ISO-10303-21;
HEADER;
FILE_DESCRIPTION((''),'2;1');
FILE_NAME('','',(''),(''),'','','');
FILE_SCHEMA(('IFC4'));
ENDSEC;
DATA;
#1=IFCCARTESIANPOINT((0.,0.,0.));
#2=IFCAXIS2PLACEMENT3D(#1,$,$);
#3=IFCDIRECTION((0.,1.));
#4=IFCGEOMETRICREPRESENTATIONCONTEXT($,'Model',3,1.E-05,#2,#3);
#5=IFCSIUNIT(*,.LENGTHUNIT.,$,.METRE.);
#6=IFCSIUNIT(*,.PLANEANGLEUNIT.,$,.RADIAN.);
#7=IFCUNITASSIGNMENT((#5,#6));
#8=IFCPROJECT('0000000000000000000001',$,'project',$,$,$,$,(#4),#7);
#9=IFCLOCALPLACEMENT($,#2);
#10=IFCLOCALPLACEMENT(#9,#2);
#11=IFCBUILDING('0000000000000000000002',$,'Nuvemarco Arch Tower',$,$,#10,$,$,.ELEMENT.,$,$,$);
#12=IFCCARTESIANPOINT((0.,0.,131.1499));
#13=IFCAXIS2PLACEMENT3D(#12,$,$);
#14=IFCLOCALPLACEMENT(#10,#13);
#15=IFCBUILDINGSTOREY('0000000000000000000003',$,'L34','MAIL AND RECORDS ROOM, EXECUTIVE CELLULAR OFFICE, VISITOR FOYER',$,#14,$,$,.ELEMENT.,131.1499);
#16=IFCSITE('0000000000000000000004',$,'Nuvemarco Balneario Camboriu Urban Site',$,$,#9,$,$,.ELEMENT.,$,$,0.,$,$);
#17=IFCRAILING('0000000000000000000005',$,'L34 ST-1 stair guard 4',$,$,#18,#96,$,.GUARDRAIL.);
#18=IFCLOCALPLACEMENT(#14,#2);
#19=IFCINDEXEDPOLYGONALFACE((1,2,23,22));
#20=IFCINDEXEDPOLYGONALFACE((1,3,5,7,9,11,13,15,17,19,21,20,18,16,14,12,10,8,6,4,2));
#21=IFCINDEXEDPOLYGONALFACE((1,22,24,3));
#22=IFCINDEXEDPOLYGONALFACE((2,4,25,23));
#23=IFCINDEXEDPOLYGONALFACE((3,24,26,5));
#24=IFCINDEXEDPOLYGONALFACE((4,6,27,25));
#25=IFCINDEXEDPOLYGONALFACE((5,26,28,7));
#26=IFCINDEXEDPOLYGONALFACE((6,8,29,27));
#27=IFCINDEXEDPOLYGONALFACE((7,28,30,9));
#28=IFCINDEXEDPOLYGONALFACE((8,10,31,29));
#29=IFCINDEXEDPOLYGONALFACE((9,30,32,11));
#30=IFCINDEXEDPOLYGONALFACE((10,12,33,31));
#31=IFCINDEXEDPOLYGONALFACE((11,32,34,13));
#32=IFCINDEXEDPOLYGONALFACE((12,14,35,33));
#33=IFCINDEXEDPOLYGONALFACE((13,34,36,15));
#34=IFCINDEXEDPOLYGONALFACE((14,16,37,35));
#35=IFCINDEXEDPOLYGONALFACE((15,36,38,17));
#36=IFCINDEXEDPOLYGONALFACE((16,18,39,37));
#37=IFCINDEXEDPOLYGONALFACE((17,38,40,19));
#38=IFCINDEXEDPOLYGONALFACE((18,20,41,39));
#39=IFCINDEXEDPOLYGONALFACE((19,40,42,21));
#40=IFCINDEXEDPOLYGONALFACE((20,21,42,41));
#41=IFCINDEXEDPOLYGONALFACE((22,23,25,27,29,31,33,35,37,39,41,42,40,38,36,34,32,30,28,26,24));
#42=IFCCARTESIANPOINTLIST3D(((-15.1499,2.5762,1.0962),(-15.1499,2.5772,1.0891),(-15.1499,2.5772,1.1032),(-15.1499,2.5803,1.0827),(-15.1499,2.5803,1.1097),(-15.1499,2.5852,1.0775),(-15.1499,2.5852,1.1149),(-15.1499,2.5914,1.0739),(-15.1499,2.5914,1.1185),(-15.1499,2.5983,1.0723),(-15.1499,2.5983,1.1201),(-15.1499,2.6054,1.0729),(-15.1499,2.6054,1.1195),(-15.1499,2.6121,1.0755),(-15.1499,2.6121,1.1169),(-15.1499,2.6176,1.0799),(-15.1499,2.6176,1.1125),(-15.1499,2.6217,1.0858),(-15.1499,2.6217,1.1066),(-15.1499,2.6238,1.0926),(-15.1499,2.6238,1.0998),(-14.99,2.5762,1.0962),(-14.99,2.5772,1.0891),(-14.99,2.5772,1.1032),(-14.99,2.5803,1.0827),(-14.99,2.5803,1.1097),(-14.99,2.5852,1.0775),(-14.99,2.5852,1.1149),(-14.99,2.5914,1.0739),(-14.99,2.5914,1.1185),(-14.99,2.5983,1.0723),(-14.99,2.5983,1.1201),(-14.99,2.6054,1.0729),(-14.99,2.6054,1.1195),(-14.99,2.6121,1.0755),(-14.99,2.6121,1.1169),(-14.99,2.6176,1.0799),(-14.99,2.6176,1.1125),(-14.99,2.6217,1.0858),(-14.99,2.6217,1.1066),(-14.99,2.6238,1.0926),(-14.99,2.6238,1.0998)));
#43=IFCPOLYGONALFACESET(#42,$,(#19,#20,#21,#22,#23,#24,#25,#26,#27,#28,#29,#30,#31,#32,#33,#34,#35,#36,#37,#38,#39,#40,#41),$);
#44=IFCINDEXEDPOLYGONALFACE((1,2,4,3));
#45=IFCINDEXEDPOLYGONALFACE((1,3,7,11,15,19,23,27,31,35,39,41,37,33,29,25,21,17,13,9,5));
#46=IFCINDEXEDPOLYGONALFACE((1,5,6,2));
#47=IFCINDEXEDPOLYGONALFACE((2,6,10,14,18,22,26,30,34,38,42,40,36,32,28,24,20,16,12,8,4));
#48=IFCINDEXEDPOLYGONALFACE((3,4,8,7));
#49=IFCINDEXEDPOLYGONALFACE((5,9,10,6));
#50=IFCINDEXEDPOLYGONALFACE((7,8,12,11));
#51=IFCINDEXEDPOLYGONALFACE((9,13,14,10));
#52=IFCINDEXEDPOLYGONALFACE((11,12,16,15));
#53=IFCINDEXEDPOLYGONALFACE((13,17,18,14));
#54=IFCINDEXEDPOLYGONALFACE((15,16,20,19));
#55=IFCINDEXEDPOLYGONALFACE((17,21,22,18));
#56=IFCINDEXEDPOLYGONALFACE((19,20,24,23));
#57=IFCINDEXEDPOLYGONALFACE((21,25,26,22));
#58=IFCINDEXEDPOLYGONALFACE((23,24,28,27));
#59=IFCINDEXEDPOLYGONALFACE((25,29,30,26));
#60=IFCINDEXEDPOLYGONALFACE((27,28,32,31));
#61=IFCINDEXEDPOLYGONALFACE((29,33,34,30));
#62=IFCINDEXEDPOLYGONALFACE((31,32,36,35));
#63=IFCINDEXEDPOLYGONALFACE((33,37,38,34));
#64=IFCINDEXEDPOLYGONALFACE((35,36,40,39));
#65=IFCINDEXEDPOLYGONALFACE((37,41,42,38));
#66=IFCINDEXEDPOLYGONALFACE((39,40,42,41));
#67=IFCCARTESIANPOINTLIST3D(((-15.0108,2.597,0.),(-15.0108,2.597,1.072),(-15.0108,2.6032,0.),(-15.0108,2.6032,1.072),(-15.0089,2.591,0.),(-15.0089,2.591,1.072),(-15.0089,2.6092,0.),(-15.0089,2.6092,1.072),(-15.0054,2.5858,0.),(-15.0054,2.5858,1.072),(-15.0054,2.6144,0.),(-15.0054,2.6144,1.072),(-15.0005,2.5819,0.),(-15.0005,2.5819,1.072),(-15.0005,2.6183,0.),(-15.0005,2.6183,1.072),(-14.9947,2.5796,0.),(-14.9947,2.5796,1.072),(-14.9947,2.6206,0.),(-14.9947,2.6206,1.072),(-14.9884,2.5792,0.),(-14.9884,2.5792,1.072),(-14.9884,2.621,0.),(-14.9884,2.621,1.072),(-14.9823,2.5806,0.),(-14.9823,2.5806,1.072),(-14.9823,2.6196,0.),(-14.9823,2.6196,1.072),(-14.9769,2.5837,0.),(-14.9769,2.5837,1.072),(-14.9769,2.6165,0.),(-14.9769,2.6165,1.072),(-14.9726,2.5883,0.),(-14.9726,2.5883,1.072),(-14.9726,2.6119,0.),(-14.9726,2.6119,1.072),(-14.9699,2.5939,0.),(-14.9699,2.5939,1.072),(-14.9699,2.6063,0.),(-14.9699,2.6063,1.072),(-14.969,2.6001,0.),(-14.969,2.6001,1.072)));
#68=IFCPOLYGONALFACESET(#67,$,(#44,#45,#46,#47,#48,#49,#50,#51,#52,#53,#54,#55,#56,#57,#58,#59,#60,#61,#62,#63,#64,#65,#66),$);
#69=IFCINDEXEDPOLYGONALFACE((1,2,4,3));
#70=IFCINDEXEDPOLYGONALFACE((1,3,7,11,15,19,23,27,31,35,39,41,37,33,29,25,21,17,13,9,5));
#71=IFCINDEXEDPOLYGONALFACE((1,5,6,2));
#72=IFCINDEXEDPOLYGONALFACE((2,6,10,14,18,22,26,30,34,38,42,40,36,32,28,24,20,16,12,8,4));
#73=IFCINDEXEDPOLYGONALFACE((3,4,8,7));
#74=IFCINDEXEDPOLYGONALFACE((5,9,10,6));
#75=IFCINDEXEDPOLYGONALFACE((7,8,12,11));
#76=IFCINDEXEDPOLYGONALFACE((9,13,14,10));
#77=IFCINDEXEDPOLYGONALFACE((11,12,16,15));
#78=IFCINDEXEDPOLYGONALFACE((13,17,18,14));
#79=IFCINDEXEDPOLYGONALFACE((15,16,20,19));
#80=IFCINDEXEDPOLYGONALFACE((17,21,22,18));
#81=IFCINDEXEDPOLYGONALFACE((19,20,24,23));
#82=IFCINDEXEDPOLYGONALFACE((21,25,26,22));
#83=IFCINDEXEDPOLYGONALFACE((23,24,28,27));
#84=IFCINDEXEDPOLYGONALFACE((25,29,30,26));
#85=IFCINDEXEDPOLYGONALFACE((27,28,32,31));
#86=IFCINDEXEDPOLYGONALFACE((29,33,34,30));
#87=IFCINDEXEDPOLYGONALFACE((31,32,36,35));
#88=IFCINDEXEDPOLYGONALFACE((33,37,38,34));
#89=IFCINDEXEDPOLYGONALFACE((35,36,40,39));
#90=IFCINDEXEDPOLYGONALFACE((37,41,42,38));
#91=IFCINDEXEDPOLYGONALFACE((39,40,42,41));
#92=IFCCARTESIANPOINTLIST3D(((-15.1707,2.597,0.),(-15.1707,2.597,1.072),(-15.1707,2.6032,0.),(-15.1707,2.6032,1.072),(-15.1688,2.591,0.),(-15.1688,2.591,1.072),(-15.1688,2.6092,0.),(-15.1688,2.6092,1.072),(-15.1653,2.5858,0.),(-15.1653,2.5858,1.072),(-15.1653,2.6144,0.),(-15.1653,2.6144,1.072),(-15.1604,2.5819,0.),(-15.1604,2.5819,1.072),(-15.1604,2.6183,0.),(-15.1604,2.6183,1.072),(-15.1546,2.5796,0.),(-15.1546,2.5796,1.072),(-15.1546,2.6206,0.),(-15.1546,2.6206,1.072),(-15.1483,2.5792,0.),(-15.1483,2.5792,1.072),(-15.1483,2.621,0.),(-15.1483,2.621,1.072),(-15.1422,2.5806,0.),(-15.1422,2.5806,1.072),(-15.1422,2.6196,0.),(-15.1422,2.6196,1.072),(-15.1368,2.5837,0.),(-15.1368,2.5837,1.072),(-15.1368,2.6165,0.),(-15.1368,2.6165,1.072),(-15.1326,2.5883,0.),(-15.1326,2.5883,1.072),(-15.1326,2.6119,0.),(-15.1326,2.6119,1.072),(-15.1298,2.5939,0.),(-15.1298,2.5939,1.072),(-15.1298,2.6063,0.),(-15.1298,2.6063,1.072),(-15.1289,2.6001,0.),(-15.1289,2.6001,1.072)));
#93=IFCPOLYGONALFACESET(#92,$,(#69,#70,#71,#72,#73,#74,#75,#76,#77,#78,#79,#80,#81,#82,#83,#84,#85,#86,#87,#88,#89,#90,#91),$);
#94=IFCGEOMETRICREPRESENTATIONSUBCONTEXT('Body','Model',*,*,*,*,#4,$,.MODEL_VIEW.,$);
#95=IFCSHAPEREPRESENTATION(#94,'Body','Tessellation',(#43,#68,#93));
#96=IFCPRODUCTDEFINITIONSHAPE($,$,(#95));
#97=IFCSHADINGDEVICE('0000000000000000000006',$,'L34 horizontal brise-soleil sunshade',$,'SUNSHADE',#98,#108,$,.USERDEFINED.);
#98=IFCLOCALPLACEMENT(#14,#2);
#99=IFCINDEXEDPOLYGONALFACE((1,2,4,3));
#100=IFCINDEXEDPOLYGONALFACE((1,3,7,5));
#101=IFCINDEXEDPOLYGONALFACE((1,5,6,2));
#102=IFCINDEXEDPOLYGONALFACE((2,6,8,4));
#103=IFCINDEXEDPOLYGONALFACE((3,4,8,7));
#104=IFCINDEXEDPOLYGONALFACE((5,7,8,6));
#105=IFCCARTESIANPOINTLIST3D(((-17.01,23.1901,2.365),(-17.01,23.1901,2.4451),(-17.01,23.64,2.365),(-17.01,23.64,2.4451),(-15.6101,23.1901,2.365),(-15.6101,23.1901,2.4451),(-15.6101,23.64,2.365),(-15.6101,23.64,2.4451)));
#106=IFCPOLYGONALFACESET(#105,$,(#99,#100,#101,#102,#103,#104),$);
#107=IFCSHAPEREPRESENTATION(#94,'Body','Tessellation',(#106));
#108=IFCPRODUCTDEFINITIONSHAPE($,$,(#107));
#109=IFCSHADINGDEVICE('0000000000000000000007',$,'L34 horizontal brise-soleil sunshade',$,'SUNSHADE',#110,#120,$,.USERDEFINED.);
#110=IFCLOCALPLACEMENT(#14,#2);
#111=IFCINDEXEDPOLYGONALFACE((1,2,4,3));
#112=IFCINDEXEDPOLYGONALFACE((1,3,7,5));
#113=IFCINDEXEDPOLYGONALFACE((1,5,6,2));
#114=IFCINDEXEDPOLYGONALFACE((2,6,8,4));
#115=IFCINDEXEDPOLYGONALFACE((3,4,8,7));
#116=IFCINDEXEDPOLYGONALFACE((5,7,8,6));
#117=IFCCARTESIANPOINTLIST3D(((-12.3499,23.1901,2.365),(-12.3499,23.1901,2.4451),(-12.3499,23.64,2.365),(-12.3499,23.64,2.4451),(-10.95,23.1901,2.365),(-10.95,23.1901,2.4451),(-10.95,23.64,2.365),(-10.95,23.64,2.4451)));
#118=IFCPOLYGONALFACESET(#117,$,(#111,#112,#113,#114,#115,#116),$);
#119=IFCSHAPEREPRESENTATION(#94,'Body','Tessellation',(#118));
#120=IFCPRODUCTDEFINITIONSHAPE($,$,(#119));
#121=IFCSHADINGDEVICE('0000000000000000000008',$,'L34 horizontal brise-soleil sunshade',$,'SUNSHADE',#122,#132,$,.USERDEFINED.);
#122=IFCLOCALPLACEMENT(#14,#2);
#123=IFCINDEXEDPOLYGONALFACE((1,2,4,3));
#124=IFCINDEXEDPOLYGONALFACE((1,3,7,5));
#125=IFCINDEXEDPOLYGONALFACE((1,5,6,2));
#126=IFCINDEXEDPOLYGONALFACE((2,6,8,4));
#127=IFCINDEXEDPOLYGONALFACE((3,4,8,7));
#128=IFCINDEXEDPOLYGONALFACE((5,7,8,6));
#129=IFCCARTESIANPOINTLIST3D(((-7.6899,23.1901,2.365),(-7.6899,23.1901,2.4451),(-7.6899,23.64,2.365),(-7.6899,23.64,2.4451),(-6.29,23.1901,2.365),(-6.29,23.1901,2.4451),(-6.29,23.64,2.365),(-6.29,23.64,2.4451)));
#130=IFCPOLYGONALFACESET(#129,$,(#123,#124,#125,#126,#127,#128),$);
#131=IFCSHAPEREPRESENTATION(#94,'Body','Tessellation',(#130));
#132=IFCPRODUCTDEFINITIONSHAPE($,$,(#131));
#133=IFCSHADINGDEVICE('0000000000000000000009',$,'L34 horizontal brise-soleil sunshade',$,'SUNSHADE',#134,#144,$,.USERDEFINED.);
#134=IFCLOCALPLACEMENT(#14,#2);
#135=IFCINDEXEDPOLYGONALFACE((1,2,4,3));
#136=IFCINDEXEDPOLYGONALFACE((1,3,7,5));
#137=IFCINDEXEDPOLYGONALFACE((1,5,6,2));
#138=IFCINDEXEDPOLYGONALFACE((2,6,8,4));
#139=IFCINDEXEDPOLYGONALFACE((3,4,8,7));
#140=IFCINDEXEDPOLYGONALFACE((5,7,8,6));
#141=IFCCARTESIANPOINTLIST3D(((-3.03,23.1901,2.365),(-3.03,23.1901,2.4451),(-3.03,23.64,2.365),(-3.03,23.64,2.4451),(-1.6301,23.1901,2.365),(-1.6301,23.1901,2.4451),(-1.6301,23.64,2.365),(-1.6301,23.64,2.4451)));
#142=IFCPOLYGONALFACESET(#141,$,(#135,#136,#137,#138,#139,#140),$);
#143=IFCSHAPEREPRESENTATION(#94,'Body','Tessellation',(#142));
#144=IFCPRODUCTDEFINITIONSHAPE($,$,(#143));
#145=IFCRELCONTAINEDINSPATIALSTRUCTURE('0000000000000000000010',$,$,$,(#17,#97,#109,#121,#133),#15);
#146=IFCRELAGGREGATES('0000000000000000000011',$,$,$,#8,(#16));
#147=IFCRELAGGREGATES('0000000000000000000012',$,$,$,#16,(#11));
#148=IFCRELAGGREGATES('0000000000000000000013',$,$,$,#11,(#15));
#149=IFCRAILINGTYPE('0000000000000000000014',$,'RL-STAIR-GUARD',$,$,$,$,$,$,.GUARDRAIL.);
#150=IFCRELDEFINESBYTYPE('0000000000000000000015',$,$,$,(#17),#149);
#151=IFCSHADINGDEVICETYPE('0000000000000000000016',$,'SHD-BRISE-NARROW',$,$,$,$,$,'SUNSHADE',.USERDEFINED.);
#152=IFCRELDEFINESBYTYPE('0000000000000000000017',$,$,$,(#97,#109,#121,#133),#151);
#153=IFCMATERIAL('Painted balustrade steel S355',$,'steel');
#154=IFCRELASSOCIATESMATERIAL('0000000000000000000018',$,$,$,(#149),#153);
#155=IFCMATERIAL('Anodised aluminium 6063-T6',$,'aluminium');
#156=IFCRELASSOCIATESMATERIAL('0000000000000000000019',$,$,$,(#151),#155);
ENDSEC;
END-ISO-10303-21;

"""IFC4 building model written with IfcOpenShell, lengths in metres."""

from ifc_helpers import new_model, si_unit, direction, frame, origin, origin_2d, place, context, subcontext, project, spatial, rectangle, circle, extrude, source, transform, mapped, material, type_object, type_shapes, element, save


model = new_model("IFC4")

# Units and contexts
model_context = context("Model", 3, precision=1e-05, world=origin(), true_north=direction((0.0, 1.0)))
body_context = subcontext(model_context, "Body", "Model", "MODEL_VIEW")
ifc_project = project(units=[si_unit("LENGTHUNIT", "METRE"), si_unit("PLANEANGLEUNIT", "RADIAN")], contexts=[model_context])

# Site, building, storey
site_placement = place(None, origin())
site = spatial("IfcSite", under=ifc_project, at=site_placement, Name="Nuvemarco Balneario Camboriu Urban Site", CompositionType="ELEMENT", RefElevation=0.0)
building_placement = place(site_placement, origin())
building = spatial("IfcBuilding", under=site, at=building_placement, Name="Nuvemarco Arch Tower", CompositionType="ELEMENT")
storey_placement = place(building_placement, frame((0.0, 0.0, 131.1499)))
storey = spatial("IfcBuildingStorey", under=building, at=storey_placement, Name="L34", Description="MAIL AND RECORDS ROOM, EXECUTIVE CELLULAR OFFICE, VISITOR FOYER", CompositionType="ELEMENT", Elevation=131.1499)

# Railing
ifc_material_1 = material(Name="Painted balustrade steel S355", Category="steel")
railing_type_1 = type_object("IfcRailingType", Name="RL-STAIR-GUARD", PredefinedType="GUARDRAIL", material=ifc_material_1)
railing_1_placement = place(storey_placement, frame((-14.99, 2.6001, 0.0)))
element("IfcRailing", 1, at=railing_1_placement, inside=storey, type_object=railing_type_1, Name="L34 ST-1 stair guard 4", PredefinedType="GUARDRAIL", context=body_context, shape_type="SweptSolid", body=[
    extrude(circle(Radius=0.0239, at=origin_2d()), frame((0.0, 0.0, 1.0962), z_axis=(-1.0, 0.0, 0.0), x_axis=(0.0, -1.0, 0.0)), (0.0, 0.0, 1.0), 0.1599),
    extrude(circle(Radius=0.021, at=origin_2d()), origin(), (0.0, 0.0, 1.0), 1.072),
    extrude(circle(Radius=0.021, at=origin_2d()), frame((-0.1599, 0.0, 0.0)), (0.0, 0.0, 1.0), 1.072),
])

# Shading devices
ifc_material_2 = material(Name="Anodised aluminium 6063-T6", Category="aluminium")
shading_device_type = type_object("IfcShadingDeviceType", Name="SHD-BRISE-NARROW", ElementType="SUNSHADE", PredefinedType="USERDEFINED", material=ifc_material_2)
shared_shape_1 = source(origin(), body_context, "Body", "SweptSolid", [
    extrude(rectangle(XDim=1.3999, YDim=0.45, at=origin_2d()), origin(), (0.0, 0.0, 1.0), 0.0801),
])
type_shapes(shading_device_type, [shared_shape_1])
for number, where, z_axis, x_axis, name in (
    (2, (-16.3101, 23.415, 2.365), (0.0, 0.0, 1.0), (1.0, 0.0, 0.0), "L34 horizontal brise-soleil sunshade"),
    (3, (-11.6499, 23.415, 2.365), (0.0, 0.0, 1.0), (1.0, 0.0, 0.0), "L34 horizontal brise-soleil sunshade"),
    (4, (-6.99, 23.415, 2.365), (0.0, 0.0, 1.0), (1.0, 0.0, 0.0), "L34 horizontal brise-soleil sunshade"),
    (5, (-2.3301, 23.415, 2.365), (0.0, 0.0, 1.0), (1.0, 0.0, 0.0), "L34 horizontal brise-soleil sunshade"),
):
    element("IfcShadingDevice", number, at=place(storey_placement, frame(where, z_axis=z_axis, x_axis=x_axis)), inside=storey, type_object=shading_device_type, Name=name, ObjectType="SUNSHADE", PredefinedType="USERDEFINED", context=body_context, shape_type="MappedRepresentation", body=[
        mapped(shared_shape_1, transform((0.0, 0.0, 0.0), scale=1.0)),
    ])

save(model, "model.ifc")
